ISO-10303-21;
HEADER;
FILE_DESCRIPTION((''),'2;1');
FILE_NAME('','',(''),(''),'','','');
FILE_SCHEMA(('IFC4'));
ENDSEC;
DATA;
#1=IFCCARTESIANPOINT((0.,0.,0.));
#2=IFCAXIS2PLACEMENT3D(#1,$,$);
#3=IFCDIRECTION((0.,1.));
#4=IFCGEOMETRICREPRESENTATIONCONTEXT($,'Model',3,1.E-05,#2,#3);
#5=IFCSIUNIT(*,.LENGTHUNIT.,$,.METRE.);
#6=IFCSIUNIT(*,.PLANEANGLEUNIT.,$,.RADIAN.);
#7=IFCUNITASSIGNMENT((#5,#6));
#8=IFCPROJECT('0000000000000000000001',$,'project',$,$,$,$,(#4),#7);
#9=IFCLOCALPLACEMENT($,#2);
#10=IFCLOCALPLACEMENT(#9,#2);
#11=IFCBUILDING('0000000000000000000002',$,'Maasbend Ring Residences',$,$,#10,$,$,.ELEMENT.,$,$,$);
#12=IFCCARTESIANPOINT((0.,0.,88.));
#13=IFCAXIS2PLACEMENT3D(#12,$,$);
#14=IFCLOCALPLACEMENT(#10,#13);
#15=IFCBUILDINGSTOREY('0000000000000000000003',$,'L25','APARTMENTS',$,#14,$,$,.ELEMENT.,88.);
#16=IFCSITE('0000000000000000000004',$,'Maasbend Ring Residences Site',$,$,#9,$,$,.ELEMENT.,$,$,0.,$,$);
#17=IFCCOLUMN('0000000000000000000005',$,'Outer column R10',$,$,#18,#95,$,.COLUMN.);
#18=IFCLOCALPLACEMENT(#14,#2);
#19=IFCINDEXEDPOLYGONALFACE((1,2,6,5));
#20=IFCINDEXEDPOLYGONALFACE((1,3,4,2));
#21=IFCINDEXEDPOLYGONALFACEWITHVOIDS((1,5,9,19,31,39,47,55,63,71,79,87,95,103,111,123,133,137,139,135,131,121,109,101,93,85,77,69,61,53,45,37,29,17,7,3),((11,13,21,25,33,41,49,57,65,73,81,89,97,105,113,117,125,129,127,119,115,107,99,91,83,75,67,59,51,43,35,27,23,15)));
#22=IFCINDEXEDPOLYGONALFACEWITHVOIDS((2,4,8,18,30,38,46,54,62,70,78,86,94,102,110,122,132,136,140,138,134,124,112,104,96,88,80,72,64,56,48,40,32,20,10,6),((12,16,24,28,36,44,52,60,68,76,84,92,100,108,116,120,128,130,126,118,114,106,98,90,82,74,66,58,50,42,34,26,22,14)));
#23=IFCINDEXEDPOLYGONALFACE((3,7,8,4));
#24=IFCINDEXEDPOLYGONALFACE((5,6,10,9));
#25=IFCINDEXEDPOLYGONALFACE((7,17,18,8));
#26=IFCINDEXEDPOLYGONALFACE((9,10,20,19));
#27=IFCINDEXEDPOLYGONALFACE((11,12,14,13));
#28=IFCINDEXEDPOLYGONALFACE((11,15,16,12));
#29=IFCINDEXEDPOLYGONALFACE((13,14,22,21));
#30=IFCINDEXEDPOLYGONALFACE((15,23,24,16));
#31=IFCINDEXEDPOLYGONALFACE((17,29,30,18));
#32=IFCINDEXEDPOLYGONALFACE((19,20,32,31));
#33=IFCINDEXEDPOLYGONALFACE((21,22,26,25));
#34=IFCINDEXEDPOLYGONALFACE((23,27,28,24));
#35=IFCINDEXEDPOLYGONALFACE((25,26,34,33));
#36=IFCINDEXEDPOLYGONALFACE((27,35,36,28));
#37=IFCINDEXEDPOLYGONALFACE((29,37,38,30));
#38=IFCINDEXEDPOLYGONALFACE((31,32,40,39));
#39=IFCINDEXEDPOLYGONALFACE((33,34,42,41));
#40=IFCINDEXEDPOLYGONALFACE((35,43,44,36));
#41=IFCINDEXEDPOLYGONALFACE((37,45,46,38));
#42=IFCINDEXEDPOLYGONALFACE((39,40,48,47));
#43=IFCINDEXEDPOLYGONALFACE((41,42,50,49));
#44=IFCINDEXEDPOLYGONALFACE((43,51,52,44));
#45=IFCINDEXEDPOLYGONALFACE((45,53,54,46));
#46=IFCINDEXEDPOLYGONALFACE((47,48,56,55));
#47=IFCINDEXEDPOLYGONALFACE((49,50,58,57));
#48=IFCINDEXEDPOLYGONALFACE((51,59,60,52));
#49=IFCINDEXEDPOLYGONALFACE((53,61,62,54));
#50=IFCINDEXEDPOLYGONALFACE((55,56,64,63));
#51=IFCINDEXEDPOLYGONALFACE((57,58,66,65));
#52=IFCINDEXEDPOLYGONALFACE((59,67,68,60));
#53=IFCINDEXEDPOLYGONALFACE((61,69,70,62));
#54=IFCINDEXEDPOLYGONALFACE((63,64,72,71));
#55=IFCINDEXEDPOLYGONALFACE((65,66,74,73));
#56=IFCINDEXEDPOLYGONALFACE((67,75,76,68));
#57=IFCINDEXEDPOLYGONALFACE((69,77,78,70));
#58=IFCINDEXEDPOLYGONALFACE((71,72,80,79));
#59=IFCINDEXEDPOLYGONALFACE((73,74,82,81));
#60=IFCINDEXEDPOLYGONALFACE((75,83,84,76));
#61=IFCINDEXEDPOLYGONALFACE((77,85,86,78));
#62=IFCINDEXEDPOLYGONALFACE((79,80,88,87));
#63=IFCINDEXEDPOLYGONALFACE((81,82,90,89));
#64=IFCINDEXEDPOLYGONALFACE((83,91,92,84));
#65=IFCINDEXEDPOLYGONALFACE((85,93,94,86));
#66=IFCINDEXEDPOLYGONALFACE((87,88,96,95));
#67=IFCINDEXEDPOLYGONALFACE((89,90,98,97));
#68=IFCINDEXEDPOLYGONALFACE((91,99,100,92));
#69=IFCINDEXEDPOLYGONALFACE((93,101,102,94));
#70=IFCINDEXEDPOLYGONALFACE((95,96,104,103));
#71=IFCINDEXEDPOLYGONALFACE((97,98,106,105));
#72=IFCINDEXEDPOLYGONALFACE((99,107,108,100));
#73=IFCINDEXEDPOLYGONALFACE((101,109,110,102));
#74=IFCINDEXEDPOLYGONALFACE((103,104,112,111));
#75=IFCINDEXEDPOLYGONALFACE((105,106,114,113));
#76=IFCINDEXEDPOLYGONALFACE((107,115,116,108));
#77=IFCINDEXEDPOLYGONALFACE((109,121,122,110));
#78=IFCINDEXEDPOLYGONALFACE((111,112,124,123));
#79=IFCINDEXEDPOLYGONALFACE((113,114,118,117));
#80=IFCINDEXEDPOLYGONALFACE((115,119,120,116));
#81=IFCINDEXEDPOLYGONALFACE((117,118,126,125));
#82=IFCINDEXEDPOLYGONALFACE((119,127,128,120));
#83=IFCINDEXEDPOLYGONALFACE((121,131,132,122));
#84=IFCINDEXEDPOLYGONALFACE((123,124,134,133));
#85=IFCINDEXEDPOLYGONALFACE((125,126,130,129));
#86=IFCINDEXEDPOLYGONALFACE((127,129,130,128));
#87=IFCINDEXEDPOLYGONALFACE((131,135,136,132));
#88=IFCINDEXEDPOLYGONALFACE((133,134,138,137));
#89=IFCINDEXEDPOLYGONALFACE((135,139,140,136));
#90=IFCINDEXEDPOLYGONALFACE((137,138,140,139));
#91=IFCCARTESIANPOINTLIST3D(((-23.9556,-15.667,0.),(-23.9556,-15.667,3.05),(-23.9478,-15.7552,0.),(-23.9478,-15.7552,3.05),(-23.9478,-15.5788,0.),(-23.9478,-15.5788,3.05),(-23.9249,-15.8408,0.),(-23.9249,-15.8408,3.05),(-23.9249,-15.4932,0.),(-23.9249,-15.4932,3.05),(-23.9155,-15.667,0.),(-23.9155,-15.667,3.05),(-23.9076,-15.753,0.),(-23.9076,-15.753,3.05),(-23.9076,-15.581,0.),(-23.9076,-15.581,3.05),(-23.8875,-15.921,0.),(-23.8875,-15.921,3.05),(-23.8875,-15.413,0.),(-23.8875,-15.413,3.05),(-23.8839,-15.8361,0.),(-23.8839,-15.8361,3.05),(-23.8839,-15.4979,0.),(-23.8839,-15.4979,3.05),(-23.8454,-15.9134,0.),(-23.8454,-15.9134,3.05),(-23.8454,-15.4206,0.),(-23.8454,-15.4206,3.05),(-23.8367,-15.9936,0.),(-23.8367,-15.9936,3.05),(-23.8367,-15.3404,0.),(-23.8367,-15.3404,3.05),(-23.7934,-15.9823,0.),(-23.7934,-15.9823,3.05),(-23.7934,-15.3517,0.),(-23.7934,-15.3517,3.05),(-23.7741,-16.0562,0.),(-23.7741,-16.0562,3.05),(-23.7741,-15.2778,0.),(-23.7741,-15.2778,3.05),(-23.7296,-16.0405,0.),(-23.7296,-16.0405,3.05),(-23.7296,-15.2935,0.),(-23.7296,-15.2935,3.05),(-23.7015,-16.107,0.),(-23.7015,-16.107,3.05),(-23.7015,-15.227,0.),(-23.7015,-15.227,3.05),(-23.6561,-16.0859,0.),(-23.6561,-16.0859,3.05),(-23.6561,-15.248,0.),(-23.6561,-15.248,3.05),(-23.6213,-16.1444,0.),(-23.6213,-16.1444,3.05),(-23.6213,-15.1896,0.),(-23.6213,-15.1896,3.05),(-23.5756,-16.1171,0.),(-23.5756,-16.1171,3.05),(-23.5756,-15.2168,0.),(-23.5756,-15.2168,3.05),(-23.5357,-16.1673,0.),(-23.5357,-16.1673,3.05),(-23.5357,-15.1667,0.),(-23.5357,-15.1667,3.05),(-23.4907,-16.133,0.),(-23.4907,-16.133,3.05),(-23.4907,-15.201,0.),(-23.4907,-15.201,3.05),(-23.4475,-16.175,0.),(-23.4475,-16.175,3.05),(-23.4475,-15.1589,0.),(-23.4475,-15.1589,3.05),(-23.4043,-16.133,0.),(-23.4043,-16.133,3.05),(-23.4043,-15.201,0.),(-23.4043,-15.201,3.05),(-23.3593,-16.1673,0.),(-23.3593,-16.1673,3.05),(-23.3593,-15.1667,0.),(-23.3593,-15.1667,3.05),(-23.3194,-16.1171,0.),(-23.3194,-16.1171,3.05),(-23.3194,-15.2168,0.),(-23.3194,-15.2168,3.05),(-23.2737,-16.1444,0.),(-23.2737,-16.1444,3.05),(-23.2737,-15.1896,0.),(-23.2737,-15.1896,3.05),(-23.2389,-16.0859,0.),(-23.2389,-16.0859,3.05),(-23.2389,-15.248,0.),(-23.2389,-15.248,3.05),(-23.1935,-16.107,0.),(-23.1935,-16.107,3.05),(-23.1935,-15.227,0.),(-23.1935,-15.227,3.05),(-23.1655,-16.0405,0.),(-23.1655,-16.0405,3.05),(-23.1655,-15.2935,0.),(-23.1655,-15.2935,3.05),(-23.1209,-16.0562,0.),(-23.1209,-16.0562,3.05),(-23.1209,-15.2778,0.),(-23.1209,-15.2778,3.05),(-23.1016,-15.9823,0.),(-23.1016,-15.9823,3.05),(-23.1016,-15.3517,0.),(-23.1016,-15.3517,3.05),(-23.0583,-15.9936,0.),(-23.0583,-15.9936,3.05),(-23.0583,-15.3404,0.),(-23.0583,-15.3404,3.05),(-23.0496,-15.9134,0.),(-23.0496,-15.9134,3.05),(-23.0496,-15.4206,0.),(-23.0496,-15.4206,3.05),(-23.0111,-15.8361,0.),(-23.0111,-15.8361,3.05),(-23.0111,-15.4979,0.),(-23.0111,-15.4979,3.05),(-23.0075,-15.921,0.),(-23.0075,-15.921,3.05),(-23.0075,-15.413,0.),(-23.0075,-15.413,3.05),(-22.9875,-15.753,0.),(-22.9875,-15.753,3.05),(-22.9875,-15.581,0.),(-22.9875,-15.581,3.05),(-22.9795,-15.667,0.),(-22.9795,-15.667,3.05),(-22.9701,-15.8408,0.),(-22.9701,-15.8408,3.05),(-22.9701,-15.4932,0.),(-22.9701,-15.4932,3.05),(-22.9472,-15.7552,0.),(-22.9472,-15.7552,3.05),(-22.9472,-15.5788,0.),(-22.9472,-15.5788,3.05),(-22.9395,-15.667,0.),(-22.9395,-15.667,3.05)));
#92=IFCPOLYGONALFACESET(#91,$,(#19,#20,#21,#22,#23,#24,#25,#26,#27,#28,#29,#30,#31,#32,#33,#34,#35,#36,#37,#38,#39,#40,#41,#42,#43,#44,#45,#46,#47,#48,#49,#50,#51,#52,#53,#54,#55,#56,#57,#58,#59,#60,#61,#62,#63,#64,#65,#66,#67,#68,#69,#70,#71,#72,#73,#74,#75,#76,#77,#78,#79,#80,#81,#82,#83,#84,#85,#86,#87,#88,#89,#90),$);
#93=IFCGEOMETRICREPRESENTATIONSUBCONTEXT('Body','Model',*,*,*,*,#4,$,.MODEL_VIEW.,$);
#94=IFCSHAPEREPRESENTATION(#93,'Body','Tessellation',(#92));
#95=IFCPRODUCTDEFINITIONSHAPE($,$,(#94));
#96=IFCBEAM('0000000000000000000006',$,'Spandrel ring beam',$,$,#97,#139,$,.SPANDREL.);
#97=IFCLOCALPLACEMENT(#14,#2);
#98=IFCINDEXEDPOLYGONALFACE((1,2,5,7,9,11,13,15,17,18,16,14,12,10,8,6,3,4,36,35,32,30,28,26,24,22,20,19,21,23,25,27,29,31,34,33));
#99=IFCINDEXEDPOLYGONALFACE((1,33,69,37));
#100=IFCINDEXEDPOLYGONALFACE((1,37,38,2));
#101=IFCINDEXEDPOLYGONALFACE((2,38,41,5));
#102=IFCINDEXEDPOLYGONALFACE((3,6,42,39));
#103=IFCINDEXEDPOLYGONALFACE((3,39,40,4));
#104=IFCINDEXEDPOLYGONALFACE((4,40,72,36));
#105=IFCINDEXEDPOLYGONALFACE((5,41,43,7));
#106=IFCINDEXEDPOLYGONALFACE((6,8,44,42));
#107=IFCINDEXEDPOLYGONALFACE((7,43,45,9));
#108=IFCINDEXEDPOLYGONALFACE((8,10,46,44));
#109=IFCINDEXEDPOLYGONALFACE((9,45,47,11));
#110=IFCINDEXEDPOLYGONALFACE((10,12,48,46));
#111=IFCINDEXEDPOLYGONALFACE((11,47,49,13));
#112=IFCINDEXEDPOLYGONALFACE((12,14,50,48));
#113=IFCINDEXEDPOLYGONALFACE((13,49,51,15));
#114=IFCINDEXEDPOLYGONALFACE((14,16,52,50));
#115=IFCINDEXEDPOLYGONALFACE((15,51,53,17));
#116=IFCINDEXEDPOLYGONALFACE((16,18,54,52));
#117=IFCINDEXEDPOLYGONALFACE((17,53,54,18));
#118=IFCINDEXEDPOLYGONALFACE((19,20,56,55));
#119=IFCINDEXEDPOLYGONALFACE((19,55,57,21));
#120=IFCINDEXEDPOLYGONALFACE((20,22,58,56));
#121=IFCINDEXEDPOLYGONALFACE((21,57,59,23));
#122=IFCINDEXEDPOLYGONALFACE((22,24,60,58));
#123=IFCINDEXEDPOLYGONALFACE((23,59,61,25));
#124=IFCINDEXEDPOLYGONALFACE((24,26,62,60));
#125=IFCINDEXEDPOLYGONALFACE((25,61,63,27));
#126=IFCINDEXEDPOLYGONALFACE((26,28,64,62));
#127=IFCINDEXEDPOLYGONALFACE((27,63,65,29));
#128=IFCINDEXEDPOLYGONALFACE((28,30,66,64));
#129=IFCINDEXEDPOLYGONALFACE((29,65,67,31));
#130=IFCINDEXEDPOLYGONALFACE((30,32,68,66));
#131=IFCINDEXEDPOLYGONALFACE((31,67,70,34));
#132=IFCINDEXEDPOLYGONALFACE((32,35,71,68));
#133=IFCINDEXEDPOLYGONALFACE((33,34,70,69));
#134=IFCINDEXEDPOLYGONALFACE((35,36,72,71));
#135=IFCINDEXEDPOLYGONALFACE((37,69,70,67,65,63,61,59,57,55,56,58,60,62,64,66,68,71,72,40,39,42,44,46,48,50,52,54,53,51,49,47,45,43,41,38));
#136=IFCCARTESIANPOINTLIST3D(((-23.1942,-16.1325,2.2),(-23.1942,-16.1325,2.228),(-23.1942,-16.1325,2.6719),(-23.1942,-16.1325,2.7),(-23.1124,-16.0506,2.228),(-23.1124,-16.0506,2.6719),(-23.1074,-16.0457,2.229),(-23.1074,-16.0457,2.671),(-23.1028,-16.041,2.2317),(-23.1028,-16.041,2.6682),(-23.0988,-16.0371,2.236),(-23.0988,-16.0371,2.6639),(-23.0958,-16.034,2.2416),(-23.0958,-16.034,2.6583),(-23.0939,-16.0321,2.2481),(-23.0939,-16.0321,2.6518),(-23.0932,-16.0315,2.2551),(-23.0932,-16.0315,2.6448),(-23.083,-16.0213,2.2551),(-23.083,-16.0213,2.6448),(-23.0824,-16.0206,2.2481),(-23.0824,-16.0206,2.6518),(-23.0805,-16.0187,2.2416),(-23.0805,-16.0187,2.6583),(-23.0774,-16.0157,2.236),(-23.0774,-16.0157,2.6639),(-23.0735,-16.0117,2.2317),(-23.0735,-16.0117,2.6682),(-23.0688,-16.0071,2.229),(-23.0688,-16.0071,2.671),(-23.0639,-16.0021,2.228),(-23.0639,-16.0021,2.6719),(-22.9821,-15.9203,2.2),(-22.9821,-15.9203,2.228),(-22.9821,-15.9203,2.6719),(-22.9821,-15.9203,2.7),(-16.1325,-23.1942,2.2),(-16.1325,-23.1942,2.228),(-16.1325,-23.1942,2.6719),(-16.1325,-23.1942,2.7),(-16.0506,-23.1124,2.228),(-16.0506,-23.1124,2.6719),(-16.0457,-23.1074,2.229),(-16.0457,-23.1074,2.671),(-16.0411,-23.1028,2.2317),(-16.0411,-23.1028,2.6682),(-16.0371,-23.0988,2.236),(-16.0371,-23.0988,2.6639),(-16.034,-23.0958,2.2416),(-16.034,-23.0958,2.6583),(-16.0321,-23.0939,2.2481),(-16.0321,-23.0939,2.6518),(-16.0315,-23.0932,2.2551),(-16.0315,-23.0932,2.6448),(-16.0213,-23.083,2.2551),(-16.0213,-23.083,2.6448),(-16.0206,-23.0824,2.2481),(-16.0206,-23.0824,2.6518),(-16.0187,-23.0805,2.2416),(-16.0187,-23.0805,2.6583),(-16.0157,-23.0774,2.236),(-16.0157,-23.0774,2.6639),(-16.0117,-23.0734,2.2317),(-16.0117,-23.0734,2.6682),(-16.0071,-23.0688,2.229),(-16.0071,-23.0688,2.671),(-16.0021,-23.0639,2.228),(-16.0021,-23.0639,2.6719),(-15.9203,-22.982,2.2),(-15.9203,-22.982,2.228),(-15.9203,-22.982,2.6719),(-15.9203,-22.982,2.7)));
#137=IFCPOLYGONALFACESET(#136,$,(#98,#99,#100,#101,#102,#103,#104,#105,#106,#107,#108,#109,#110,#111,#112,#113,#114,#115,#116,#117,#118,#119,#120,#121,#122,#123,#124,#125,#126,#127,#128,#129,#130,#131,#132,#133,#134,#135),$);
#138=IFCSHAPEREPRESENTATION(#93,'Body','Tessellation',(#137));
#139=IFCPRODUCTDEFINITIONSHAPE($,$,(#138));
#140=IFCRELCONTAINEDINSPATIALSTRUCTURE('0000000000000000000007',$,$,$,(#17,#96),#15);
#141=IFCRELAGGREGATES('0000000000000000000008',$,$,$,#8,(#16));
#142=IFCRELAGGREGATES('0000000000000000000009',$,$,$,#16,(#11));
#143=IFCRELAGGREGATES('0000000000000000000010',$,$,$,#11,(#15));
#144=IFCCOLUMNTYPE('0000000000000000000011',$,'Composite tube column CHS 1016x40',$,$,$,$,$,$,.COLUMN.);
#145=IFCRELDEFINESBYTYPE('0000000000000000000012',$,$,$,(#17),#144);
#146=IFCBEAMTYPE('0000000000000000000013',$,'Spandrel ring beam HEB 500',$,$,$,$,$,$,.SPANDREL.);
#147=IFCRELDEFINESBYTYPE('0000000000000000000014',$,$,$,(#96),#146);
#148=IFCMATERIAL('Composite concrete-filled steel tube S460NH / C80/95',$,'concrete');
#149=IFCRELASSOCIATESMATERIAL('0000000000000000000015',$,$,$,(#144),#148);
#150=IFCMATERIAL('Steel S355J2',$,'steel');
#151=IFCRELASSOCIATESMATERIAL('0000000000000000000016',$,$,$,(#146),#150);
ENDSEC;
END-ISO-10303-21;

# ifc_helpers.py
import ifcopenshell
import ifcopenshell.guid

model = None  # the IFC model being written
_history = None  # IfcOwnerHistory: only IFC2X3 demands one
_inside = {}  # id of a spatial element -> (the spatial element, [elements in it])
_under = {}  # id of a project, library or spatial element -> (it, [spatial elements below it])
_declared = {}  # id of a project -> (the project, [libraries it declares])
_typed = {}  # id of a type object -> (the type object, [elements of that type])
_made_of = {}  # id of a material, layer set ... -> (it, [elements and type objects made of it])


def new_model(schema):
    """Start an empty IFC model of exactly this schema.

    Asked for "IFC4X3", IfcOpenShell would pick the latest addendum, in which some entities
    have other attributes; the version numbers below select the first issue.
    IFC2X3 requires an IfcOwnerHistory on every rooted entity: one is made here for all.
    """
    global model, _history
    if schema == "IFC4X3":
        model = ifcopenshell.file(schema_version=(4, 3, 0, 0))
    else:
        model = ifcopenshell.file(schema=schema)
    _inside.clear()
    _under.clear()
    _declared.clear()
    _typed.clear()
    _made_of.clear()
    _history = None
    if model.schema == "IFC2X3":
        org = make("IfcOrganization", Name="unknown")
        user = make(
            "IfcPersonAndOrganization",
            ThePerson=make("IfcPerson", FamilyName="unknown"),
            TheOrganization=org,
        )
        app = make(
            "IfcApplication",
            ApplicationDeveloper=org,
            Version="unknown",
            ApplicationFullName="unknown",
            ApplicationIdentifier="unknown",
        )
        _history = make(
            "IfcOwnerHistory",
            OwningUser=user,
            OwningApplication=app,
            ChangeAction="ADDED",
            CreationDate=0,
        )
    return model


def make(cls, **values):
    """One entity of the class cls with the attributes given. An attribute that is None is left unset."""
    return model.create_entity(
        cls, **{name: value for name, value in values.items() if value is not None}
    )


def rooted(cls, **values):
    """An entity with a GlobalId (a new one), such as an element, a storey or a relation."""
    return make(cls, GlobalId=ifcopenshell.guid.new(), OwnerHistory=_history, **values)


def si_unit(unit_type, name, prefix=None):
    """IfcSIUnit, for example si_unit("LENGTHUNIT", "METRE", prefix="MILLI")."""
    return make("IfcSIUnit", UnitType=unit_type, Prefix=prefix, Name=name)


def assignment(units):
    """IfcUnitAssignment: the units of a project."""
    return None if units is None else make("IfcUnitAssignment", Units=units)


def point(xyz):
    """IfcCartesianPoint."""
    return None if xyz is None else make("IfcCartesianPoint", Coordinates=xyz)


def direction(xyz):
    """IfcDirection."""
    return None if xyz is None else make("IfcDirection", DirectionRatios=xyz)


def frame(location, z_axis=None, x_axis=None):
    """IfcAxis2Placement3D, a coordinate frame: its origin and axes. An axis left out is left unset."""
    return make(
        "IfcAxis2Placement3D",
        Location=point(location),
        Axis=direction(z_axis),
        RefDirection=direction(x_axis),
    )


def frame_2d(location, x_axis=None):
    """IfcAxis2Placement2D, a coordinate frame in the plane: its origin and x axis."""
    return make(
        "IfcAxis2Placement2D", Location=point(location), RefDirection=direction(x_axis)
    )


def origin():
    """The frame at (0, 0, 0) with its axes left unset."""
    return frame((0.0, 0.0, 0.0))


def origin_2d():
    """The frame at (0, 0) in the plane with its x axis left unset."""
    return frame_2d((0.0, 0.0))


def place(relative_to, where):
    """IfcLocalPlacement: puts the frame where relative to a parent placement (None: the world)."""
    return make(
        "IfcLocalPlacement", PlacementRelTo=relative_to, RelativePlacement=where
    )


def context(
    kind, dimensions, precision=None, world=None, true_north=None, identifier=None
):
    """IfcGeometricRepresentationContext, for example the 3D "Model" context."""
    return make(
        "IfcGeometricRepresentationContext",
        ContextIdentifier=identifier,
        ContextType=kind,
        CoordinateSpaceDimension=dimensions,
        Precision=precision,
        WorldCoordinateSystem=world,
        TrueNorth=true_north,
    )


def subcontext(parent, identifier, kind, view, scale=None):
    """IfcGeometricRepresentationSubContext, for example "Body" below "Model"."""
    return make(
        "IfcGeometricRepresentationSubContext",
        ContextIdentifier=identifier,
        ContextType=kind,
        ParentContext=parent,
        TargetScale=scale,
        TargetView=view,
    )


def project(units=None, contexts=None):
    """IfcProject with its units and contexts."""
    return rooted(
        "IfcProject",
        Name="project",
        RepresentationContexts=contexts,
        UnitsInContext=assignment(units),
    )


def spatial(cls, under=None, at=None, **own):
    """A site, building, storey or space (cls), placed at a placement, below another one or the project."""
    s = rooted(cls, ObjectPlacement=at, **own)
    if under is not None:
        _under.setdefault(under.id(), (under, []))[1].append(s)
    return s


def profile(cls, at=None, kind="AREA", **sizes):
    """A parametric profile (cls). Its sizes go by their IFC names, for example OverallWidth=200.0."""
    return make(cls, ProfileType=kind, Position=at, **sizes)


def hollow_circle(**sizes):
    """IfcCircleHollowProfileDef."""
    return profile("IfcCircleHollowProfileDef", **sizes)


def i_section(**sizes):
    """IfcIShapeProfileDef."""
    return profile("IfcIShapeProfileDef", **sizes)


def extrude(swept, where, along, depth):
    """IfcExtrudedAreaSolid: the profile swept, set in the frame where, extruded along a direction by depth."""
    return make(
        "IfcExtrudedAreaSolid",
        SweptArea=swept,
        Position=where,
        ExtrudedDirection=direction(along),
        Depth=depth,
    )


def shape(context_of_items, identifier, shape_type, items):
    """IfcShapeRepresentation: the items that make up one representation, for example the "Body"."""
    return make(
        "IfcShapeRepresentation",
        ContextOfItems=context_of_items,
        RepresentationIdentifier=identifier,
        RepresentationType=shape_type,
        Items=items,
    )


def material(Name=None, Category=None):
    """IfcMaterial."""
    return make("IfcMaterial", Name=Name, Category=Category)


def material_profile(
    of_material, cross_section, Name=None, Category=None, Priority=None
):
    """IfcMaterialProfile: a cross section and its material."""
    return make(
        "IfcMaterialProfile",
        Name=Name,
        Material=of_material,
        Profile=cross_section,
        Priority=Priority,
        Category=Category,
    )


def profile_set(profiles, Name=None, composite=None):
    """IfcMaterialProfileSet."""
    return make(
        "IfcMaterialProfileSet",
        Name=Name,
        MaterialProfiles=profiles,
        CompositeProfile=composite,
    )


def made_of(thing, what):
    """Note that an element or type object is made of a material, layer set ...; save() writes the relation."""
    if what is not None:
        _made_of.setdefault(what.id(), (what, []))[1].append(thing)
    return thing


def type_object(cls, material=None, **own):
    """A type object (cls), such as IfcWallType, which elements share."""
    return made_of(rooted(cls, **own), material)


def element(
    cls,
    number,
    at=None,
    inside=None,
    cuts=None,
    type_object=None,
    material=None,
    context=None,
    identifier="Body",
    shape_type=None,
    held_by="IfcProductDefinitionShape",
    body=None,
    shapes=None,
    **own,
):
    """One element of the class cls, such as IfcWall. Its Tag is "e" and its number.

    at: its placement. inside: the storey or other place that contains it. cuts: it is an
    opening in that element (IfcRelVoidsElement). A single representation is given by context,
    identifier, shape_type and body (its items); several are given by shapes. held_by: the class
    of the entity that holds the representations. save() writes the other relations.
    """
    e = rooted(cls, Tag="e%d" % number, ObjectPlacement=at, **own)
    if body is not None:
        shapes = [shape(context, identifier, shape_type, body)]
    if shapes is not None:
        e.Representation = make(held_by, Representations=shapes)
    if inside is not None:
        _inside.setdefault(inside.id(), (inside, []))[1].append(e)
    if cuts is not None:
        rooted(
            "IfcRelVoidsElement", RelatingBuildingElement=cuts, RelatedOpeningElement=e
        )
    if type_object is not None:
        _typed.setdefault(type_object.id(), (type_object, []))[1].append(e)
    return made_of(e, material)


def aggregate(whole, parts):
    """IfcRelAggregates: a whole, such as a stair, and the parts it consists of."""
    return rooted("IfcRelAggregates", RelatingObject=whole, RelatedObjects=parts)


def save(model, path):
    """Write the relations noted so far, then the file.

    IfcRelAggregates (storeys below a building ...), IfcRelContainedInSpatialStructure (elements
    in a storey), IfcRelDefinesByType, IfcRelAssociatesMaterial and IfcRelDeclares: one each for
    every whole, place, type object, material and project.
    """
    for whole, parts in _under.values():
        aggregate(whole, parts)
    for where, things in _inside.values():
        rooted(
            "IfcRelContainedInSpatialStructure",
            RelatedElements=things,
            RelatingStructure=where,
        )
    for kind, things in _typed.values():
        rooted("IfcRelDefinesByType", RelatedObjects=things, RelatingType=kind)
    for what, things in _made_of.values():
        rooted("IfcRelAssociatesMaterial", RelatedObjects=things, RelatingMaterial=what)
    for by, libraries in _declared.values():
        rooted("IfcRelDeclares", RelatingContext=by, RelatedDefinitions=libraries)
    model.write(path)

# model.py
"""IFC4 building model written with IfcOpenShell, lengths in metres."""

from ifc_helpers import new_model, si_unit, direction, frame, origin, origin_2d, place, context, subcontext, project, spatial, hollow_circle, i_section, extrude, material, material_profile, profile_set, type_object, element, save


model = new_model("IFC4")

# Units and contexts
model_context = context("Model", 3, precision=1e-05, world=origin(), true_north=direction((0.0, 1.0)))
body_context = subcontext(model_context, "Body", "Model", "MODEL_VIEW")
ifc_project = project(units=[si_unit("LENGTHUNIT", "METRE"), si_unit("PLANEANGLEUNIT", "RADIAN")], contexts=[model_context])

# Site, building, storey
site_placement = place(None, origin())
site = spatial("IfcSite", under=ifc_project, at=site_placement, Name="Maasbend Ring Residences Site", CompositionType="ELEMENT", RefElevation=0.0)
building_placement = place(site_placement, origin())
building = spatial("IfcBuilding", under=site, at=building_placement, Name="Maasbend Ring Residences", CompositionType="ELEMENT")
storey_placement = place(building_placement, frame((0.0, 0.0, 88.0)))
storey = spatial("IfcBuildingStorey", under=building, at=storey_placement, Name="L25", Description="APARTMENTS", CompositionType="ELEMENT", Elevation=88.0)

# Column
ifc_material_1 = material(Name="Composite concrete-filled steel tube S460NH / C80/95", Category="concrete")
ifc_material_profile_1 = material_profile(ifc_material_1, hollow_circle(Radius=0.5081, WallThickness=0.04, at=origin_2d()), Name="Composite tube column CHS 1016x40")
ifc_profile_set_1 = profile_set([ifc_material_profile_1], Name="Composite concrete-filled steel tube S460NH / C80/95")
column_type = type_object("IfcColumnType", Name="Composite tube column CHS 1016x40", PredefinedType="COLUMN", material=ifc_profile_set_1)
column_placement = place(storey_placement, frame((-23.4475, -15.667, 0.0), z_axis=(0.0, 0.0, 1.0), x_axis=(1.0, 0.0, 0.0)))
element("IfcColumn", 1, at=column_placement, inside=storey, type_object=column_type, Name="Outer column R10", PredefinedType="COLUMN", context=body_context, shape_type="SweptSolid", body=[
    extrude(hollow_circle(Radius=0.5081, WallThickness=0.04, at=origin_2d()), origin(), (0.0, 0.0, 1.0), 3.05),
])

# Beam
ifc_material_2 = material(Name="Steel S355J2", Category="steel")
ifc_material_profile_2 = material_profile(ifc_material_2, i_section(OverallWidth=0.3, OverallDepth=0.5, WebThickness=0.0144, FlangeThickness=0.0281, FilletRadius=0.0271, at=origin_2d()), Name="HEB 500")
ifc_profile_set_2 = profile_set([ifc_material_profile_2], Name="Steel S355J2")
beam_type = type_object("IfcBeamType", Name="Spandrel ring beam HEB 500", PredefinedType="SPANDREL", material=ifc_profile_set_2)
beam_placement = place(storey_placement, frame((-23.0881, -16.0264, 2.45), z_axis=(0.707107, -0.707107, 0.0), x_axis=(0.707107, 0.707107, 0.0)))
element("IfcBeam", 2, at=beam_placement, inside=storey, type_object=beam_type, Name="Spandrel ring beam", PredefinedType="SPANDREL", context=body_context, shape_type="SweptSolid", body=[
    extrude(i_section(OverallWidth=0.3, OverallDepth=0.5, WebThickness=0.0144, FlangeThickness=0.0281, FilletRadius=0.0271, at=origin_2d()), origin(), (0.0, 0.0, 1.0), 9.9868),
])

save(model, "model.ifc")
